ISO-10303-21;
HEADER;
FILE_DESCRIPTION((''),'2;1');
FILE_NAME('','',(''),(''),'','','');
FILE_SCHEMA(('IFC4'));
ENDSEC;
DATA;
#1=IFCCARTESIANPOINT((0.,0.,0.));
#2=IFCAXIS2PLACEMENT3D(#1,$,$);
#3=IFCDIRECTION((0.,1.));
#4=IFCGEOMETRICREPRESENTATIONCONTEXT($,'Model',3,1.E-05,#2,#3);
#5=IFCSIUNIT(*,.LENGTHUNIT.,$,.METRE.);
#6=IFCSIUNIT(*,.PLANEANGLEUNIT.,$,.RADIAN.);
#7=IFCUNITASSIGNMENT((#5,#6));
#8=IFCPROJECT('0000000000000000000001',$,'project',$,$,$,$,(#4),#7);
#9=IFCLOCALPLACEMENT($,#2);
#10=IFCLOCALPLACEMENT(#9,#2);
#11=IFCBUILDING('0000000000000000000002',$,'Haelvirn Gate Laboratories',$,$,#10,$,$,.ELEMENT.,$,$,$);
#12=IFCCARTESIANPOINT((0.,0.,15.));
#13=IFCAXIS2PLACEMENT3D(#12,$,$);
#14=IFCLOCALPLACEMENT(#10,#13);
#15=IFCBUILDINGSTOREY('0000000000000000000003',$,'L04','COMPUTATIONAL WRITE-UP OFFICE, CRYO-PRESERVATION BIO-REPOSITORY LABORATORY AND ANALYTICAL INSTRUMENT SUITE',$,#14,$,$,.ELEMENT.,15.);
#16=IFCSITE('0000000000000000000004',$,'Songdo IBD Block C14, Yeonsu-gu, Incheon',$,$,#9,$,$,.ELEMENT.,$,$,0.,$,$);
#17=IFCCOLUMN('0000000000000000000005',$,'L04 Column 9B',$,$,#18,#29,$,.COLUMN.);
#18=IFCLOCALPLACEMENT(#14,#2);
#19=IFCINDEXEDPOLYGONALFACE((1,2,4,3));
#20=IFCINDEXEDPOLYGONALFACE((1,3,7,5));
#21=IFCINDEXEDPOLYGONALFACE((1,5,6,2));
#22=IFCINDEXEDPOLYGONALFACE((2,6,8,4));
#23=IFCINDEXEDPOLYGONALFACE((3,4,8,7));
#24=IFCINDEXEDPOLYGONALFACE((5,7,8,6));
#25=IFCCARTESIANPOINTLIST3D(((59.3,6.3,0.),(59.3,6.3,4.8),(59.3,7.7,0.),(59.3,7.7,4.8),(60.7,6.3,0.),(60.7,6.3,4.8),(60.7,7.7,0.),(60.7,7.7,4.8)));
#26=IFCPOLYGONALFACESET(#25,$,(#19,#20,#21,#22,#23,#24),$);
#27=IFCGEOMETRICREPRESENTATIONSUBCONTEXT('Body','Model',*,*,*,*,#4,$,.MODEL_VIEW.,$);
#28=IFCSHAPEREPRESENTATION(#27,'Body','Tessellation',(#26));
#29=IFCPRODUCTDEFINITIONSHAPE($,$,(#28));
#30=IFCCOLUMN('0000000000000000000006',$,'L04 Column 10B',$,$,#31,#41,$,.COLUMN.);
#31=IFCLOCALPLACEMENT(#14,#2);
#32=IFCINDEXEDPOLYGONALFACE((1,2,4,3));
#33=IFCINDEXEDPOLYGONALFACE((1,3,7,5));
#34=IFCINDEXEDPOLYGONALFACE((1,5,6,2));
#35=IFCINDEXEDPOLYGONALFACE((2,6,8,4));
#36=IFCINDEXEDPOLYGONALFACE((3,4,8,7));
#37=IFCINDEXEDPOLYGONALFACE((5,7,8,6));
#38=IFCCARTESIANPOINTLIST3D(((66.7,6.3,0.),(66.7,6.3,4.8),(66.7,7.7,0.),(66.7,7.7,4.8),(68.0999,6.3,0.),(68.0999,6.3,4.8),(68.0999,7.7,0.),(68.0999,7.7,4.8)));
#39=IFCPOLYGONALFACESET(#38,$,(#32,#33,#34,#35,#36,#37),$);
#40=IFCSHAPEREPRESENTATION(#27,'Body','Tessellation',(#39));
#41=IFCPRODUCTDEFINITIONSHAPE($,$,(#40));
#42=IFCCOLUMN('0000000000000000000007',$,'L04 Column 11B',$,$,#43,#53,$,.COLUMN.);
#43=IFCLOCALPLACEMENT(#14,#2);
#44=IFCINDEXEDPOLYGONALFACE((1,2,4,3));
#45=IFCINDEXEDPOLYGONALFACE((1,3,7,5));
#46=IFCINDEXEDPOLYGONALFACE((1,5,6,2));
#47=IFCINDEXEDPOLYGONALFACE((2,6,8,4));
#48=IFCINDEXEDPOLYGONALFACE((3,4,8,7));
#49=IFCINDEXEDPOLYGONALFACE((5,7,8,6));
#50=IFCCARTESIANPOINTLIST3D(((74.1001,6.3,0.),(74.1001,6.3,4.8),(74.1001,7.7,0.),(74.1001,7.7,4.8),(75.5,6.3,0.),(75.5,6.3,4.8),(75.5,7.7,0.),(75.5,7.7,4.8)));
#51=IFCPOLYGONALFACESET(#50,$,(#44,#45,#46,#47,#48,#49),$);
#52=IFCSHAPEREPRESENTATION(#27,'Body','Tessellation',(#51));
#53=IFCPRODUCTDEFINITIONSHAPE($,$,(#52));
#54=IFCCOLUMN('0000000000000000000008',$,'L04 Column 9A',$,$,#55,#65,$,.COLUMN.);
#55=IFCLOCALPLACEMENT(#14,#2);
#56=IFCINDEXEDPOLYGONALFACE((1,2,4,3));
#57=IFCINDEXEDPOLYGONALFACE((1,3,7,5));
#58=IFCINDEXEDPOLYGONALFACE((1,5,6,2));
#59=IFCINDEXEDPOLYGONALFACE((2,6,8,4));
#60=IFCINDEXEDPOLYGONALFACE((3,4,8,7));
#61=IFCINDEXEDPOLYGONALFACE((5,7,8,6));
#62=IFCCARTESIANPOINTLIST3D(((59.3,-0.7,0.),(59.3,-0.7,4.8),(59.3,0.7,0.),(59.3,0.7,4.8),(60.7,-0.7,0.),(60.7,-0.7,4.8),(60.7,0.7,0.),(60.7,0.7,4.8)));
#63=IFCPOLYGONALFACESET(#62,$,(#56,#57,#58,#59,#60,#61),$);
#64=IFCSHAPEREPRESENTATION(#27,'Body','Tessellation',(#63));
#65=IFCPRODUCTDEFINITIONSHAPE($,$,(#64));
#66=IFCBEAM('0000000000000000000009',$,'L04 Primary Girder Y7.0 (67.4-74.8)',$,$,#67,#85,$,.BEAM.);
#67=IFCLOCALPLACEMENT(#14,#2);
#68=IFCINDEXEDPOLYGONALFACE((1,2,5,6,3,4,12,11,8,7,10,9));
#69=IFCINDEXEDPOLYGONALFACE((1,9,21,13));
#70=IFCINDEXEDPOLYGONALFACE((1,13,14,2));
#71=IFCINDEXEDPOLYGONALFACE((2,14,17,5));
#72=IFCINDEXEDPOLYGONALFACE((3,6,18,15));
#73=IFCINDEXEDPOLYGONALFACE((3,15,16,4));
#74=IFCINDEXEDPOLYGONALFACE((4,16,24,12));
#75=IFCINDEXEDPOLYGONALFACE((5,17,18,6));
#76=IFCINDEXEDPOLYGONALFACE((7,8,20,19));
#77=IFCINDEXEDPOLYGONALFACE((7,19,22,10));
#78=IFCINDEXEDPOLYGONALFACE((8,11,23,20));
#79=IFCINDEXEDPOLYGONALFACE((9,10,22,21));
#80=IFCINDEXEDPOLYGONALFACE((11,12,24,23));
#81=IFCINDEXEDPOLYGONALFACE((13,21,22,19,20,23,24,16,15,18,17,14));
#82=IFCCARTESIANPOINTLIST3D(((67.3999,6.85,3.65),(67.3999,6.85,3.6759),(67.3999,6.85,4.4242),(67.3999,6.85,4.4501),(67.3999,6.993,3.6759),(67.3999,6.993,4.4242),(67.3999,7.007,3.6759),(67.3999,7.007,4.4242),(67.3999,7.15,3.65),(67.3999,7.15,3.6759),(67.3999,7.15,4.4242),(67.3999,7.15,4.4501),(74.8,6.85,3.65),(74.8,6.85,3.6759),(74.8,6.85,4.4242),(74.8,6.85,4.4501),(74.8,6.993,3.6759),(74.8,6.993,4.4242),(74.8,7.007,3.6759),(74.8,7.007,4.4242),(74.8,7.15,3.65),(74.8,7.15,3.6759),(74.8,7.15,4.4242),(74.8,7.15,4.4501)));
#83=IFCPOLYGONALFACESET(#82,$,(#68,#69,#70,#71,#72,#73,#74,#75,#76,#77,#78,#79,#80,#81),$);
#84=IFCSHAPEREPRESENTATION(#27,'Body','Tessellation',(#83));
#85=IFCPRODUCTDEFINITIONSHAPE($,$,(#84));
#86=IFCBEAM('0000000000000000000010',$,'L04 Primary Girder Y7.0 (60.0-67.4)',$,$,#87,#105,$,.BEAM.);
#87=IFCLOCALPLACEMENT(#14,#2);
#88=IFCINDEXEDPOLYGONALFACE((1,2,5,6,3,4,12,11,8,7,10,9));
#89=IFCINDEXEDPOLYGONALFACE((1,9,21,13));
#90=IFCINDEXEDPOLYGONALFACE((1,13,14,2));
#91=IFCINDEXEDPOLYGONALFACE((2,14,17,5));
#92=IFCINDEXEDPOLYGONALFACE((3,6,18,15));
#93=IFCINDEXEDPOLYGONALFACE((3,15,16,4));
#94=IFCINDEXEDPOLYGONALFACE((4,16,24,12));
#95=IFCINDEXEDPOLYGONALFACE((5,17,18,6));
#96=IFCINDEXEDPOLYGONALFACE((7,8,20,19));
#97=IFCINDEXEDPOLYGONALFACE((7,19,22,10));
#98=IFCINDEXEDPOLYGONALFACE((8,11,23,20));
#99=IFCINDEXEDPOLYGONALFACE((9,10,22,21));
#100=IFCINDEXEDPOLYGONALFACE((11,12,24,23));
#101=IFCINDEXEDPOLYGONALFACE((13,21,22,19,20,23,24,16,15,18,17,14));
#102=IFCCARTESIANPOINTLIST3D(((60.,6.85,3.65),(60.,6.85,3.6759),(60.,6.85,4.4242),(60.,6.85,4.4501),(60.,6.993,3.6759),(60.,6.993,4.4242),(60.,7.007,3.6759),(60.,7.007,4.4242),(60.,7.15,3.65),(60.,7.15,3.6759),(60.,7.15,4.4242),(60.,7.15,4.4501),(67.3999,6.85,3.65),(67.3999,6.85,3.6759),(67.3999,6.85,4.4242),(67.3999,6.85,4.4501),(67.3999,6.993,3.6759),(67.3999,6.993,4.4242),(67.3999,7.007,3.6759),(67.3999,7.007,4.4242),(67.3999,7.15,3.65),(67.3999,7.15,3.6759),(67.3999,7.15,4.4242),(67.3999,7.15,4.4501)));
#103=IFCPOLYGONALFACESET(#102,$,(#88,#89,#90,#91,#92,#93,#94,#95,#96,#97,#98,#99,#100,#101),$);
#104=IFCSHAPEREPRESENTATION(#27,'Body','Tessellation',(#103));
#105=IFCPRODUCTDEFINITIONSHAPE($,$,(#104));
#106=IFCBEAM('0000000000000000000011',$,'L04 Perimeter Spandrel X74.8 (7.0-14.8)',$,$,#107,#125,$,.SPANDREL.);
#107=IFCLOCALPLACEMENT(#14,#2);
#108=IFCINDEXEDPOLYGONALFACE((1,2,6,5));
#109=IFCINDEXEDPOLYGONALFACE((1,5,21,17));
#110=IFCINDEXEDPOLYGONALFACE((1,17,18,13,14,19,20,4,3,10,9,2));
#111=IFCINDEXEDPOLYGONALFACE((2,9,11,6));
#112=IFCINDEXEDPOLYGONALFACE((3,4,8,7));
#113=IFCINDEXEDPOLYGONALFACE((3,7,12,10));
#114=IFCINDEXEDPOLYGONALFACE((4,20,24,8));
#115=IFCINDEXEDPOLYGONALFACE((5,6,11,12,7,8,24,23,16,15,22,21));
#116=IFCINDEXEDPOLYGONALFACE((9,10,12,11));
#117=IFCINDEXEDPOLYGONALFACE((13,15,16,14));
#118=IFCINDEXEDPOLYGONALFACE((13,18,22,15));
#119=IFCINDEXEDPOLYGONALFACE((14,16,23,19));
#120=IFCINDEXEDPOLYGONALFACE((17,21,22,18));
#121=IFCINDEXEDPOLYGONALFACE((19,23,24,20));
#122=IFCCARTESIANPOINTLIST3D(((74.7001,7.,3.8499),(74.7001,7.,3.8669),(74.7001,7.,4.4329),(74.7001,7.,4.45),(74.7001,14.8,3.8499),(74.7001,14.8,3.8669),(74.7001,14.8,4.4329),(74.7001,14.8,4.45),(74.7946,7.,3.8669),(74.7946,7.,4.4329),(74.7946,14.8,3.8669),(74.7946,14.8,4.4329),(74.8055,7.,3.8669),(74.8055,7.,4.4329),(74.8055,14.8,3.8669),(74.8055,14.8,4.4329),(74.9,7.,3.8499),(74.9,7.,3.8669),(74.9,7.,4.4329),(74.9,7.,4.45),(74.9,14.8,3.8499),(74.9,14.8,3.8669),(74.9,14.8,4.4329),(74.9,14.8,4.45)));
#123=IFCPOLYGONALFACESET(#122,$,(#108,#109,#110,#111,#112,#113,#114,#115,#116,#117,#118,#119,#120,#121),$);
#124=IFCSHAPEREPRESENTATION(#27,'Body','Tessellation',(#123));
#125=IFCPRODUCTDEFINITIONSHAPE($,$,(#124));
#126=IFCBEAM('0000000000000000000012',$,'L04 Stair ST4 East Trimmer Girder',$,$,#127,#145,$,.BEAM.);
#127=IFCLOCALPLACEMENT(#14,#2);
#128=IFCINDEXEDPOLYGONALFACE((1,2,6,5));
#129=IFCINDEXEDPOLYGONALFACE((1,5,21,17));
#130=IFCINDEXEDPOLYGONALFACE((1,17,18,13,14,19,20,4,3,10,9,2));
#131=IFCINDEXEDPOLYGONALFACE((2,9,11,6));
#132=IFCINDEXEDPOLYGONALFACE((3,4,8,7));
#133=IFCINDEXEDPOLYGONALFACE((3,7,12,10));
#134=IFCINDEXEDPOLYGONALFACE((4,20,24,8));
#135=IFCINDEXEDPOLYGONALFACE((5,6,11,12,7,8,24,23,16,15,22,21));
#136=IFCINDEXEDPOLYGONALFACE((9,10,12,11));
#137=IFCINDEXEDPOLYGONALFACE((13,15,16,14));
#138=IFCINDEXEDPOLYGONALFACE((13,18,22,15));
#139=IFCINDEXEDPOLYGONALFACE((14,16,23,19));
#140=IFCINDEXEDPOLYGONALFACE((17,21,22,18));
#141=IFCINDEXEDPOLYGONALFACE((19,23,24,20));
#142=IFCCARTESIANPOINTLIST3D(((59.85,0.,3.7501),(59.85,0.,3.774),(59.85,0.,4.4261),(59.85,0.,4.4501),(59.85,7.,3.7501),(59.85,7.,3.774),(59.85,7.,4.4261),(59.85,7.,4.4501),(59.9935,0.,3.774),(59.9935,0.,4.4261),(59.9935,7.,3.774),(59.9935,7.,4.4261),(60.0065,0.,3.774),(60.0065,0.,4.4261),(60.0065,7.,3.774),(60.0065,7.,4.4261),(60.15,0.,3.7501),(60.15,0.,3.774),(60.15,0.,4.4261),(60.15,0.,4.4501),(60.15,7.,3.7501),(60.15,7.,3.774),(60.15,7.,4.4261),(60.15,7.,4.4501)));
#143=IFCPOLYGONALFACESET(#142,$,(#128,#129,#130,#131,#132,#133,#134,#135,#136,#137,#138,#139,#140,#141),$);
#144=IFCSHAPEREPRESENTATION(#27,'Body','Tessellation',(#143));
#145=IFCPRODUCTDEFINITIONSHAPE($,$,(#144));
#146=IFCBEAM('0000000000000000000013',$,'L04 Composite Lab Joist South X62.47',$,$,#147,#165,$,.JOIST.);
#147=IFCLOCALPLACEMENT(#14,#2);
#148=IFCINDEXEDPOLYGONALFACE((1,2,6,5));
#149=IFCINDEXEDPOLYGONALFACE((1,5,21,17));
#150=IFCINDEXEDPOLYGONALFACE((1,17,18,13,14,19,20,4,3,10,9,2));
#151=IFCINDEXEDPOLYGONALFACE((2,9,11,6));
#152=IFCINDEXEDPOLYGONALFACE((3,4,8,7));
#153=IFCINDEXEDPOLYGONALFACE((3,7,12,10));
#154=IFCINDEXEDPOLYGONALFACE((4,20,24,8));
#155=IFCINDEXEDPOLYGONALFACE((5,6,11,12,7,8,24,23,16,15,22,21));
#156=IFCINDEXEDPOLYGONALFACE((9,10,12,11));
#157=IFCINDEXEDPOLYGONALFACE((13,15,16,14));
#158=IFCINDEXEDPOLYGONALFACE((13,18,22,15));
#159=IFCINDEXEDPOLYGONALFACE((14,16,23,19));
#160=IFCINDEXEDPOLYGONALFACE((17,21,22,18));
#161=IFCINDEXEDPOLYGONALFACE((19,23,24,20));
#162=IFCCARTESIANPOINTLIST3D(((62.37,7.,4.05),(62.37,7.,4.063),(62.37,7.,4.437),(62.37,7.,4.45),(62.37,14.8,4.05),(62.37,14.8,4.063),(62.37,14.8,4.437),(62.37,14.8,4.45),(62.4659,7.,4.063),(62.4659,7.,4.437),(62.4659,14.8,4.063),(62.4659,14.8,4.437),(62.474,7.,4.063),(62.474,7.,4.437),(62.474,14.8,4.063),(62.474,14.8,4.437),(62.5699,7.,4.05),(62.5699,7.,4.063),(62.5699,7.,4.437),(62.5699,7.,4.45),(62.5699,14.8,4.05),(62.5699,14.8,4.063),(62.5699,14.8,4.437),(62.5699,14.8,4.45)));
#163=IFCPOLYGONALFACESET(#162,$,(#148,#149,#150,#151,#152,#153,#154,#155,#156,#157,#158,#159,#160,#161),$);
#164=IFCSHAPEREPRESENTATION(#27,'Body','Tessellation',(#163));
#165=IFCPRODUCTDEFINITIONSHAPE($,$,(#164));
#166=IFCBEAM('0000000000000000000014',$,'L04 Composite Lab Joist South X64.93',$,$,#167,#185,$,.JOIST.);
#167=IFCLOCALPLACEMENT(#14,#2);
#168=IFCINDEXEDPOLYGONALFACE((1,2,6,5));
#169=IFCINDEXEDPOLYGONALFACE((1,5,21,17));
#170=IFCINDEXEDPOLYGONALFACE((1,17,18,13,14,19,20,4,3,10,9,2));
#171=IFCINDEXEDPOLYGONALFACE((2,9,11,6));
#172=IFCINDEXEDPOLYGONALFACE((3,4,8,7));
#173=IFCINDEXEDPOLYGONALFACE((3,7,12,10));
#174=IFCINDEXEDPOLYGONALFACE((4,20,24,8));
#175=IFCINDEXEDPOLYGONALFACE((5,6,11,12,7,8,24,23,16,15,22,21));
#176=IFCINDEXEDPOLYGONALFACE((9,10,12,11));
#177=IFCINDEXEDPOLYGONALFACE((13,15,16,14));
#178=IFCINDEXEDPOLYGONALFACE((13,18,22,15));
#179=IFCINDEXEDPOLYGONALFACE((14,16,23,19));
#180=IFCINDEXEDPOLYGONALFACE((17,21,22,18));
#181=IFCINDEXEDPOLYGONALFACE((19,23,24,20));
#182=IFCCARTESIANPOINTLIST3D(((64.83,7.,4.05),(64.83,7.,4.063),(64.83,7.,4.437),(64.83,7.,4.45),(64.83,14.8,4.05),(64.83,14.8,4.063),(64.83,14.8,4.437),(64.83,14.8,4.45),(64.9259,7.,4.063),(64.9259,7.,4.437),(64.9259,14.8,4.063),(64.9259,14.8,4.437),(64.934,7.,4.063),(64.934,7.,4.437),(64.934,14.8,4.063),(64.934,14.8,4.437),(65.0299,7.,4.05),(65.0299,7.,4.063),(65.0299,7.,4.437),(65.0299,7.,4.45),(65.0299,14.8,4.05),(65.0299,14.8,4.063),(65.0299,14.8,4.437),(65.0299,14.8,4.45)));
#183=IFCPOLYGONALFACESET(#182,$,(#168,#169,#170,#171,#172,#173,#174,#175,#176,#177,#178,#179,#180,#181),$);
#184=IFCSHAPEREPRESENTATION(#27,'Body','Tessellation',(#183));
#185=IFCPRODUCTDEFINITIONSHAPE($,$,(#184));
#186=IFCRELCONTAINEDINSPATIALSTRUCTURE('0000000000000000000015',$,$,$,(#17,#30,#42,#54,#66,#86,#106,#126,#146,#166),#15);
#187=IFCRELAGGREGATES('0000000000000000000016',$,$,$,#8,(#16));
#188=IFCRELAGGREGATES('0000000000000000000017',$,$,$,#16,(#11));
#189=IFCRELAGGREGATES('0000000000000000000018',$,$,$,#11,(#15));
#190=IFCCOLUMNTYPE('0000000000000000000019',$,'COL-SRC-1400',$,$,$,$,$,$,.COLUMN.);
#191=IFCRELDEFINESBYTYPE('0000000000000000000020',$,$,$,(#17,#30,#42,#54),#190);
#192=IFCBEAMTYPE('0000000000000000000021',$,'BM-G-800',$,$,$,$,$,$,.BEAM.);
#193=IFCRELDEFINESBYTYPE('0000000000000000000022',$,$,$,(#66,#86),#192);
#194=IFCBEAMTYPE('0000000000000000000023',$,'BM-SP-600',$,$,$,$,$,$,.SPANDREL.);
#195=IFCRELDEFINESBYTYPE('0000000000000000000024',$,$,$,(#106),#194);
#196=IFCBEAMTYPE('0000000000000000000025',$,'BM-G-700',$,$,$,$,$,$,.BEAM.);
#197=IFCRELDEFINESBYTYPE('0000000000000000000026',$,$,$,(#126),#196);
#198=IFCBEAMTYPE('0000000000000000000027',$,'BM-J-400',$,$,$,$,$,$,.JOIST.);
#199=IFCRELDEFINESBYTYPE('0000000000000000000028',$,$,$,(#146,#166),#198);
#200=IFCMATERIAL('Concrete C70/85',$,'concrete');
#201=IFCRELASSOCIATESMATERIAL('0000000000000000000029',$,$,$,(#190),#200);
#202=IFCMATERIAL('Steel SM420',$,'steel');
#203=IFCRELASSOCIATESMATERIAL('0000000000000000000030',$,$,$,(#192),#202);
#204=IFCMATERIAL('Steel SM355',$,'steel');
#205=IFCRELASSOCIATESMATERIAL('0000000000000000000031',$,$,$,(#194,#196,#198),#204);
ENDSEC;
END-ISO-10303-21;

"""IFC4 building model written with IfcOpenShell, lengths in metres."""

from ifc_helpers import new_model, si_unit, direction, frame, origin, origin_2d, place, context, subcontext, project, spatial, rectangle, i_section, extrude, source, transform, mapped, material, material_profile, profile_set, type_object, type_shapes, element, save


model = new_model("IFC4")

# Units and contexts
model_context = context("Model", 3, precision=1e-05, world=origin(), true_north=direction((0.0, 1.0)))
body_context = subcontext(model_context, "Body", "Model", "MODEL_VIEW")
ifc_project = project(units=[si_unit("LENGTHUNIT", "METRE"), si_unit("PLANEANGLEUNIT", "RADIAN")], contexts=[model_context])

# Site, building, storey
site_placement = place(None, origin())
site = spatial("IfcSite", under=ifc_project, at=site_placement, Name="Songdo IBD Block C14, Yeonsu-gu, Incheon", CompositionType="ELEMENT", RefElevation=0.0)
building_placement = place(site_placement, origin())
building = spatial("IfcBuilding", under=site, at=building_placement, Name="Haelvirn Gate Laboratories", CompositionType="ELEMENT")
storey_placement = place(building_placement, frame((0.0, 0.0, 15.0)))
storey = spatial("IfcBuildingStorey", under=building, at=storey_placement, Name="L04", Description="COMPUTATIONAL WRITE-UP OFFICE, CRYO-PRESERVATION BIO-REPOSITORY LABORATORY AND ANALYTICAL INSTRUMENT SUITE", CompositionType="ELEMENT", Elevation=15.0)

# Columns
ifc_material_1 = material(Name="Concrete C70/85", Category="concrete")
ifc_material_profile_1 = material_profile(ifc_material_1, rectangle(XDim=1.3999, YDim=1.3999, at=origin_2d()), Name="SRC-1400x1400")
ifc_profile_set_1 = profile_set([ifc_material_profile_1], Name="Concrete C70/85")
column_type = type_object("IfcColumnType", Name="COL-SRC-1400", PredefinedType="COLUMN", material=ifc_profile_set_1)
shared_shape_1 = source(origin(), body_context, "Body", "SweptSolid", [
    extrude(rectangle(XDim=1.3999, YDim=1.3999, at=origin_2d()), origin(), (0.0, 0.0, 1.0), 4.8),
])
type_shapes(column_type, [shared_shape_1])
for number, where, z_axis, x_axis, name in (
    (1, (60.0, 7.0, 0.0), (0.0, 0.0, 1.0), (1.0, 0.0, 0.0), "L04 Column 9B"),
    (2, (67.3999, 7.0, 0.0), (0.0, 0.0, 1.0), (1.0, 0.0, 0.0), "L04 Column 10B"),
    (3, (74.8, 7.0, 0.0), (0.0, 0.0, 1.0), (1.0, 0.0, 0.0), "L04 Column 11B"),
    (4, (60.0, 0.0, 0.0), (0.0, 0.0, 1.0), (1.0, 0.0, 0.0), "L04 Column 9A"),
):
    element("IfcColumn", number, at=place(storey_placement, frame(where, z_axis=z_axis, x_axis=x_axis)), inside=storey, type_object=column_type, Name=name, PredefinedType="COLUMN", context=body_context, shape_type="MappedRepresentation", body=[
        mapped(shared_shape_1, transform((0.0, 0.0, 0.0), scale=1.0)),
    ])

# Beams
ifc_material_2 = material(Name="Steel SM420", Category="steel")
ifc_material_profile_2 = material_profile(ifc_material_2, i_section(OverallWidth=0.3, OverallDepth=0.8, WebThickness=0.0139, FlangeThickness=0.0259, at=origin_2d()), Name="H-800x300x14x26")
ifc_profile_set_2 = profile_set([ifc_material_profile_2], Name="Steel SM420")
beam_type_1 = type_object("IfcBeamType", Name="BM-G-800", PredefinedType="BEAM", material=ifc_profile_set_2)
shared_shape_2 = source(origin(), body_context, "Body", "SweptSolid", [
    extrude(i_section(OverallWidth=0.3, OverallDepth=0.8, WebThickness=0.0139, FlangeThickness=0.0259, at=origin_2d()), origin(), (0.0, 0.0, 1.0), 7.4001),
])
beam_1_placement = place(storey_placement, frame((67.3999, 7.0, 4.05), z_axis=(1.0, 0.0, 0.0), x_axis=(0.0, 1.0, 0.0)))
element("IfcBeam", 5, at=beam_1_placement, inside=storey, type_object=beam_type_1, Name="L04 Primary Girder Y7.0 (67.4-74.8)", PredefinedType="BEAM", context=body_context, shape_type="MappedRepresentation", body=[
    mapped(shared_shape_2, transform((0.0, 0.0, 0.0), scale=1.0)),
])
shared_shape_3 = source(origin(), body_context, "Body", "SweptSolid", [
    extrude(i_section(OverallWidth=0.3, OverallDepth=0.8, WebThickness=0.0139, FlangeThickness=0.0259, at=origin_2d()), origin(), (0.0, 0.0, 1.0), 7.3999),
])
type_shapes(beam_type_1, [shared_shape_2, shared_shape_3])
beam_2_placement = place(storey_placement, frame((60.0, 7.0, 4.05), z_axis=(1.0, 0.0, 0.0), x_axis=(0.0, 1.0, 0.0)))
element("IfcBeam", 6, at=beam_2_placement, inside=storey, type_object=beam_type_1, Name="L04 Primary Girder Y7.0 (60.0-67.4)", PredefinedType="BEAM", context=body_context, shape_type="MappedRepresentation", body=[
    mapped(shared_shape_3, transform((0.0, 0.0, 0.0), scale=1.0)),
])
ifc_material_3 = material(Name="Steel SM355", Category="steel")
ifc_material_profile_3 = material_profile(ifc_material_3, i_section(OverallWidth=0.2, OverallDepth=0.6001, WebThickness=0.011, FlangeThickness=0.0171, at=origin_2d()), Name="H-600x200x11x17")
ifc_profile_set_3 = profile_set([ifc_material_profile_3], Name="Steel SM355")
beam_type_2 = type_object("IfcBeamType", Name="BM-SP-600", PredefinedType="SPANDREL", material=ifc_profile_set_3)
shared_shape_4 = source(origin(), body_context, "Body", "SweptSolid", [
    extrude(i_section(OverallWidth=0.2, OverallDepth=0.6001, WebThickness=0.011, FlangeThickness=0.0171, at=origin_2d()), origin(), (0.0, 0.0, 1.0), 7.8),
])
type_shapes(beam_type_2, [shared_shape_4])
beam_3_placement = place(storey_placement, frame((74.8, 7.0, 4.1499), z_axis=(0.0, 1.0, 0.0), x_axis=(-1.0, 0.0, 0.0)))
element("IfcBeam", 7, at=beam_3_placement, inside=storey, type_object=beam_type_2, Name="L04 Perimeter Spandrel X74.8 (7.0-14.8)", PredefinedType="SPANDREL", context=body_context, shape_type="MappedRepresentation", body=[
    mapped(shared_shape_4, transform((0.0, 0.0, 0.0), scale=1.0)),
])
ifc_material_profile_4 = material_profile(ifc_material_3, i_section(OverallWidth=0.3, OverallDepth=0.7, WebThickness=0.0129, FlangeThickness=0.0239, at=origin_2d()), Name="H-700x300x13x24")
ifc_profile_set_4 = profile_set([ifc_material_profile_4], Name="Steel SM355")
beam_type_3 = type_object("IfcBeamType", Name="BM-G-700", PredefinedType="BEAM", material=ifc_profile_set_4)
shared_shape_5 = source(origin(), body_context, "Body", "SweptSolid", [
    extrude(i_section(OverallWidth=0.3, OverallDepth=0.7, WebThickness=0.0129, FlangeThickness=0.0239, at=origin_2d()), origin(), (0.0, 0.0, 1.0), 7.0),
])
beam_4_placement = place(storey_placement, frame((60.0, 0.0, 4.1001), z_axis=(0.0, 1.0, 0.0), x_axis=(-1.0, 0.0, 0.0)))
element("IfcBeam", 8, at=beam_4_placement, inside=storey, type_object=beam_type_3, Name="L04 Stair ST4 East Trimmer Girder", PredefinedType="BEAM", context=body_context, shape_type="MappedRepresentation", body=[
    mapped(shared_shape_5, transform((0.0, 0.0, 0.0), scale=1.0)),
])
ifc_material_profile_5 = material_profile(ifc_material_3, i_section(OverallWidth=0.2, OverallDepth=0.3999, WebThickness=0.0081, FlangeThickness=0.0129, at=origin_2d()), Name="H-400x200x8x13")
ifc_profile_set_5 = profile_set([ifc_material_profile_5], Name="Steel SM355")
beam_type_4 = type_object("IfcBeamType", Name="BM-J-400", PredefinedType="JOIST", material=ifc_profile_set_5)
shared_shape_6 = source(origin(), body_context, "Body", "SweptSolid", [
    extrude(i_section(OverallWidth=0.2, OverallDepth=0.3999, WebThickness=0.0081, FlangeThickness=0.0129, at=origin_2d()), origin(), (0.0, 0.0, 1.0), 7.8),
])
type_shapes(beam_type_4, [shared_shape_6])
for number, where, z_axis, x_axis, name in (
    (9, (62.47, 7.0, 4.25), (0.0, 1.0, 0.0), (-1.0, 0.0, 0.0), "L04 Composite Lab Joist South X62.47"),
    (10, (64.9299, 7.0, 4.25), (0.0, 1.0, 0.0), (-1.0, 0.0, 0.0), "L04 Composite Lab Joist South X64.93"),
):
    element("IfcBeam", number, at=place(storey_placement, frame(where, z_axis=z_axis, x_axis=x_axis)), inside=storey, type_object=beam_type_4, Name=name, PredefinedType="JOIST", context=body_context, shape_type="MappedRepresentation", body=[
        mapped(shared_shape_6, transform((0.0, 0.0, 0.0), scale=1.0)),
    ])

save(model, "model.ifc")
